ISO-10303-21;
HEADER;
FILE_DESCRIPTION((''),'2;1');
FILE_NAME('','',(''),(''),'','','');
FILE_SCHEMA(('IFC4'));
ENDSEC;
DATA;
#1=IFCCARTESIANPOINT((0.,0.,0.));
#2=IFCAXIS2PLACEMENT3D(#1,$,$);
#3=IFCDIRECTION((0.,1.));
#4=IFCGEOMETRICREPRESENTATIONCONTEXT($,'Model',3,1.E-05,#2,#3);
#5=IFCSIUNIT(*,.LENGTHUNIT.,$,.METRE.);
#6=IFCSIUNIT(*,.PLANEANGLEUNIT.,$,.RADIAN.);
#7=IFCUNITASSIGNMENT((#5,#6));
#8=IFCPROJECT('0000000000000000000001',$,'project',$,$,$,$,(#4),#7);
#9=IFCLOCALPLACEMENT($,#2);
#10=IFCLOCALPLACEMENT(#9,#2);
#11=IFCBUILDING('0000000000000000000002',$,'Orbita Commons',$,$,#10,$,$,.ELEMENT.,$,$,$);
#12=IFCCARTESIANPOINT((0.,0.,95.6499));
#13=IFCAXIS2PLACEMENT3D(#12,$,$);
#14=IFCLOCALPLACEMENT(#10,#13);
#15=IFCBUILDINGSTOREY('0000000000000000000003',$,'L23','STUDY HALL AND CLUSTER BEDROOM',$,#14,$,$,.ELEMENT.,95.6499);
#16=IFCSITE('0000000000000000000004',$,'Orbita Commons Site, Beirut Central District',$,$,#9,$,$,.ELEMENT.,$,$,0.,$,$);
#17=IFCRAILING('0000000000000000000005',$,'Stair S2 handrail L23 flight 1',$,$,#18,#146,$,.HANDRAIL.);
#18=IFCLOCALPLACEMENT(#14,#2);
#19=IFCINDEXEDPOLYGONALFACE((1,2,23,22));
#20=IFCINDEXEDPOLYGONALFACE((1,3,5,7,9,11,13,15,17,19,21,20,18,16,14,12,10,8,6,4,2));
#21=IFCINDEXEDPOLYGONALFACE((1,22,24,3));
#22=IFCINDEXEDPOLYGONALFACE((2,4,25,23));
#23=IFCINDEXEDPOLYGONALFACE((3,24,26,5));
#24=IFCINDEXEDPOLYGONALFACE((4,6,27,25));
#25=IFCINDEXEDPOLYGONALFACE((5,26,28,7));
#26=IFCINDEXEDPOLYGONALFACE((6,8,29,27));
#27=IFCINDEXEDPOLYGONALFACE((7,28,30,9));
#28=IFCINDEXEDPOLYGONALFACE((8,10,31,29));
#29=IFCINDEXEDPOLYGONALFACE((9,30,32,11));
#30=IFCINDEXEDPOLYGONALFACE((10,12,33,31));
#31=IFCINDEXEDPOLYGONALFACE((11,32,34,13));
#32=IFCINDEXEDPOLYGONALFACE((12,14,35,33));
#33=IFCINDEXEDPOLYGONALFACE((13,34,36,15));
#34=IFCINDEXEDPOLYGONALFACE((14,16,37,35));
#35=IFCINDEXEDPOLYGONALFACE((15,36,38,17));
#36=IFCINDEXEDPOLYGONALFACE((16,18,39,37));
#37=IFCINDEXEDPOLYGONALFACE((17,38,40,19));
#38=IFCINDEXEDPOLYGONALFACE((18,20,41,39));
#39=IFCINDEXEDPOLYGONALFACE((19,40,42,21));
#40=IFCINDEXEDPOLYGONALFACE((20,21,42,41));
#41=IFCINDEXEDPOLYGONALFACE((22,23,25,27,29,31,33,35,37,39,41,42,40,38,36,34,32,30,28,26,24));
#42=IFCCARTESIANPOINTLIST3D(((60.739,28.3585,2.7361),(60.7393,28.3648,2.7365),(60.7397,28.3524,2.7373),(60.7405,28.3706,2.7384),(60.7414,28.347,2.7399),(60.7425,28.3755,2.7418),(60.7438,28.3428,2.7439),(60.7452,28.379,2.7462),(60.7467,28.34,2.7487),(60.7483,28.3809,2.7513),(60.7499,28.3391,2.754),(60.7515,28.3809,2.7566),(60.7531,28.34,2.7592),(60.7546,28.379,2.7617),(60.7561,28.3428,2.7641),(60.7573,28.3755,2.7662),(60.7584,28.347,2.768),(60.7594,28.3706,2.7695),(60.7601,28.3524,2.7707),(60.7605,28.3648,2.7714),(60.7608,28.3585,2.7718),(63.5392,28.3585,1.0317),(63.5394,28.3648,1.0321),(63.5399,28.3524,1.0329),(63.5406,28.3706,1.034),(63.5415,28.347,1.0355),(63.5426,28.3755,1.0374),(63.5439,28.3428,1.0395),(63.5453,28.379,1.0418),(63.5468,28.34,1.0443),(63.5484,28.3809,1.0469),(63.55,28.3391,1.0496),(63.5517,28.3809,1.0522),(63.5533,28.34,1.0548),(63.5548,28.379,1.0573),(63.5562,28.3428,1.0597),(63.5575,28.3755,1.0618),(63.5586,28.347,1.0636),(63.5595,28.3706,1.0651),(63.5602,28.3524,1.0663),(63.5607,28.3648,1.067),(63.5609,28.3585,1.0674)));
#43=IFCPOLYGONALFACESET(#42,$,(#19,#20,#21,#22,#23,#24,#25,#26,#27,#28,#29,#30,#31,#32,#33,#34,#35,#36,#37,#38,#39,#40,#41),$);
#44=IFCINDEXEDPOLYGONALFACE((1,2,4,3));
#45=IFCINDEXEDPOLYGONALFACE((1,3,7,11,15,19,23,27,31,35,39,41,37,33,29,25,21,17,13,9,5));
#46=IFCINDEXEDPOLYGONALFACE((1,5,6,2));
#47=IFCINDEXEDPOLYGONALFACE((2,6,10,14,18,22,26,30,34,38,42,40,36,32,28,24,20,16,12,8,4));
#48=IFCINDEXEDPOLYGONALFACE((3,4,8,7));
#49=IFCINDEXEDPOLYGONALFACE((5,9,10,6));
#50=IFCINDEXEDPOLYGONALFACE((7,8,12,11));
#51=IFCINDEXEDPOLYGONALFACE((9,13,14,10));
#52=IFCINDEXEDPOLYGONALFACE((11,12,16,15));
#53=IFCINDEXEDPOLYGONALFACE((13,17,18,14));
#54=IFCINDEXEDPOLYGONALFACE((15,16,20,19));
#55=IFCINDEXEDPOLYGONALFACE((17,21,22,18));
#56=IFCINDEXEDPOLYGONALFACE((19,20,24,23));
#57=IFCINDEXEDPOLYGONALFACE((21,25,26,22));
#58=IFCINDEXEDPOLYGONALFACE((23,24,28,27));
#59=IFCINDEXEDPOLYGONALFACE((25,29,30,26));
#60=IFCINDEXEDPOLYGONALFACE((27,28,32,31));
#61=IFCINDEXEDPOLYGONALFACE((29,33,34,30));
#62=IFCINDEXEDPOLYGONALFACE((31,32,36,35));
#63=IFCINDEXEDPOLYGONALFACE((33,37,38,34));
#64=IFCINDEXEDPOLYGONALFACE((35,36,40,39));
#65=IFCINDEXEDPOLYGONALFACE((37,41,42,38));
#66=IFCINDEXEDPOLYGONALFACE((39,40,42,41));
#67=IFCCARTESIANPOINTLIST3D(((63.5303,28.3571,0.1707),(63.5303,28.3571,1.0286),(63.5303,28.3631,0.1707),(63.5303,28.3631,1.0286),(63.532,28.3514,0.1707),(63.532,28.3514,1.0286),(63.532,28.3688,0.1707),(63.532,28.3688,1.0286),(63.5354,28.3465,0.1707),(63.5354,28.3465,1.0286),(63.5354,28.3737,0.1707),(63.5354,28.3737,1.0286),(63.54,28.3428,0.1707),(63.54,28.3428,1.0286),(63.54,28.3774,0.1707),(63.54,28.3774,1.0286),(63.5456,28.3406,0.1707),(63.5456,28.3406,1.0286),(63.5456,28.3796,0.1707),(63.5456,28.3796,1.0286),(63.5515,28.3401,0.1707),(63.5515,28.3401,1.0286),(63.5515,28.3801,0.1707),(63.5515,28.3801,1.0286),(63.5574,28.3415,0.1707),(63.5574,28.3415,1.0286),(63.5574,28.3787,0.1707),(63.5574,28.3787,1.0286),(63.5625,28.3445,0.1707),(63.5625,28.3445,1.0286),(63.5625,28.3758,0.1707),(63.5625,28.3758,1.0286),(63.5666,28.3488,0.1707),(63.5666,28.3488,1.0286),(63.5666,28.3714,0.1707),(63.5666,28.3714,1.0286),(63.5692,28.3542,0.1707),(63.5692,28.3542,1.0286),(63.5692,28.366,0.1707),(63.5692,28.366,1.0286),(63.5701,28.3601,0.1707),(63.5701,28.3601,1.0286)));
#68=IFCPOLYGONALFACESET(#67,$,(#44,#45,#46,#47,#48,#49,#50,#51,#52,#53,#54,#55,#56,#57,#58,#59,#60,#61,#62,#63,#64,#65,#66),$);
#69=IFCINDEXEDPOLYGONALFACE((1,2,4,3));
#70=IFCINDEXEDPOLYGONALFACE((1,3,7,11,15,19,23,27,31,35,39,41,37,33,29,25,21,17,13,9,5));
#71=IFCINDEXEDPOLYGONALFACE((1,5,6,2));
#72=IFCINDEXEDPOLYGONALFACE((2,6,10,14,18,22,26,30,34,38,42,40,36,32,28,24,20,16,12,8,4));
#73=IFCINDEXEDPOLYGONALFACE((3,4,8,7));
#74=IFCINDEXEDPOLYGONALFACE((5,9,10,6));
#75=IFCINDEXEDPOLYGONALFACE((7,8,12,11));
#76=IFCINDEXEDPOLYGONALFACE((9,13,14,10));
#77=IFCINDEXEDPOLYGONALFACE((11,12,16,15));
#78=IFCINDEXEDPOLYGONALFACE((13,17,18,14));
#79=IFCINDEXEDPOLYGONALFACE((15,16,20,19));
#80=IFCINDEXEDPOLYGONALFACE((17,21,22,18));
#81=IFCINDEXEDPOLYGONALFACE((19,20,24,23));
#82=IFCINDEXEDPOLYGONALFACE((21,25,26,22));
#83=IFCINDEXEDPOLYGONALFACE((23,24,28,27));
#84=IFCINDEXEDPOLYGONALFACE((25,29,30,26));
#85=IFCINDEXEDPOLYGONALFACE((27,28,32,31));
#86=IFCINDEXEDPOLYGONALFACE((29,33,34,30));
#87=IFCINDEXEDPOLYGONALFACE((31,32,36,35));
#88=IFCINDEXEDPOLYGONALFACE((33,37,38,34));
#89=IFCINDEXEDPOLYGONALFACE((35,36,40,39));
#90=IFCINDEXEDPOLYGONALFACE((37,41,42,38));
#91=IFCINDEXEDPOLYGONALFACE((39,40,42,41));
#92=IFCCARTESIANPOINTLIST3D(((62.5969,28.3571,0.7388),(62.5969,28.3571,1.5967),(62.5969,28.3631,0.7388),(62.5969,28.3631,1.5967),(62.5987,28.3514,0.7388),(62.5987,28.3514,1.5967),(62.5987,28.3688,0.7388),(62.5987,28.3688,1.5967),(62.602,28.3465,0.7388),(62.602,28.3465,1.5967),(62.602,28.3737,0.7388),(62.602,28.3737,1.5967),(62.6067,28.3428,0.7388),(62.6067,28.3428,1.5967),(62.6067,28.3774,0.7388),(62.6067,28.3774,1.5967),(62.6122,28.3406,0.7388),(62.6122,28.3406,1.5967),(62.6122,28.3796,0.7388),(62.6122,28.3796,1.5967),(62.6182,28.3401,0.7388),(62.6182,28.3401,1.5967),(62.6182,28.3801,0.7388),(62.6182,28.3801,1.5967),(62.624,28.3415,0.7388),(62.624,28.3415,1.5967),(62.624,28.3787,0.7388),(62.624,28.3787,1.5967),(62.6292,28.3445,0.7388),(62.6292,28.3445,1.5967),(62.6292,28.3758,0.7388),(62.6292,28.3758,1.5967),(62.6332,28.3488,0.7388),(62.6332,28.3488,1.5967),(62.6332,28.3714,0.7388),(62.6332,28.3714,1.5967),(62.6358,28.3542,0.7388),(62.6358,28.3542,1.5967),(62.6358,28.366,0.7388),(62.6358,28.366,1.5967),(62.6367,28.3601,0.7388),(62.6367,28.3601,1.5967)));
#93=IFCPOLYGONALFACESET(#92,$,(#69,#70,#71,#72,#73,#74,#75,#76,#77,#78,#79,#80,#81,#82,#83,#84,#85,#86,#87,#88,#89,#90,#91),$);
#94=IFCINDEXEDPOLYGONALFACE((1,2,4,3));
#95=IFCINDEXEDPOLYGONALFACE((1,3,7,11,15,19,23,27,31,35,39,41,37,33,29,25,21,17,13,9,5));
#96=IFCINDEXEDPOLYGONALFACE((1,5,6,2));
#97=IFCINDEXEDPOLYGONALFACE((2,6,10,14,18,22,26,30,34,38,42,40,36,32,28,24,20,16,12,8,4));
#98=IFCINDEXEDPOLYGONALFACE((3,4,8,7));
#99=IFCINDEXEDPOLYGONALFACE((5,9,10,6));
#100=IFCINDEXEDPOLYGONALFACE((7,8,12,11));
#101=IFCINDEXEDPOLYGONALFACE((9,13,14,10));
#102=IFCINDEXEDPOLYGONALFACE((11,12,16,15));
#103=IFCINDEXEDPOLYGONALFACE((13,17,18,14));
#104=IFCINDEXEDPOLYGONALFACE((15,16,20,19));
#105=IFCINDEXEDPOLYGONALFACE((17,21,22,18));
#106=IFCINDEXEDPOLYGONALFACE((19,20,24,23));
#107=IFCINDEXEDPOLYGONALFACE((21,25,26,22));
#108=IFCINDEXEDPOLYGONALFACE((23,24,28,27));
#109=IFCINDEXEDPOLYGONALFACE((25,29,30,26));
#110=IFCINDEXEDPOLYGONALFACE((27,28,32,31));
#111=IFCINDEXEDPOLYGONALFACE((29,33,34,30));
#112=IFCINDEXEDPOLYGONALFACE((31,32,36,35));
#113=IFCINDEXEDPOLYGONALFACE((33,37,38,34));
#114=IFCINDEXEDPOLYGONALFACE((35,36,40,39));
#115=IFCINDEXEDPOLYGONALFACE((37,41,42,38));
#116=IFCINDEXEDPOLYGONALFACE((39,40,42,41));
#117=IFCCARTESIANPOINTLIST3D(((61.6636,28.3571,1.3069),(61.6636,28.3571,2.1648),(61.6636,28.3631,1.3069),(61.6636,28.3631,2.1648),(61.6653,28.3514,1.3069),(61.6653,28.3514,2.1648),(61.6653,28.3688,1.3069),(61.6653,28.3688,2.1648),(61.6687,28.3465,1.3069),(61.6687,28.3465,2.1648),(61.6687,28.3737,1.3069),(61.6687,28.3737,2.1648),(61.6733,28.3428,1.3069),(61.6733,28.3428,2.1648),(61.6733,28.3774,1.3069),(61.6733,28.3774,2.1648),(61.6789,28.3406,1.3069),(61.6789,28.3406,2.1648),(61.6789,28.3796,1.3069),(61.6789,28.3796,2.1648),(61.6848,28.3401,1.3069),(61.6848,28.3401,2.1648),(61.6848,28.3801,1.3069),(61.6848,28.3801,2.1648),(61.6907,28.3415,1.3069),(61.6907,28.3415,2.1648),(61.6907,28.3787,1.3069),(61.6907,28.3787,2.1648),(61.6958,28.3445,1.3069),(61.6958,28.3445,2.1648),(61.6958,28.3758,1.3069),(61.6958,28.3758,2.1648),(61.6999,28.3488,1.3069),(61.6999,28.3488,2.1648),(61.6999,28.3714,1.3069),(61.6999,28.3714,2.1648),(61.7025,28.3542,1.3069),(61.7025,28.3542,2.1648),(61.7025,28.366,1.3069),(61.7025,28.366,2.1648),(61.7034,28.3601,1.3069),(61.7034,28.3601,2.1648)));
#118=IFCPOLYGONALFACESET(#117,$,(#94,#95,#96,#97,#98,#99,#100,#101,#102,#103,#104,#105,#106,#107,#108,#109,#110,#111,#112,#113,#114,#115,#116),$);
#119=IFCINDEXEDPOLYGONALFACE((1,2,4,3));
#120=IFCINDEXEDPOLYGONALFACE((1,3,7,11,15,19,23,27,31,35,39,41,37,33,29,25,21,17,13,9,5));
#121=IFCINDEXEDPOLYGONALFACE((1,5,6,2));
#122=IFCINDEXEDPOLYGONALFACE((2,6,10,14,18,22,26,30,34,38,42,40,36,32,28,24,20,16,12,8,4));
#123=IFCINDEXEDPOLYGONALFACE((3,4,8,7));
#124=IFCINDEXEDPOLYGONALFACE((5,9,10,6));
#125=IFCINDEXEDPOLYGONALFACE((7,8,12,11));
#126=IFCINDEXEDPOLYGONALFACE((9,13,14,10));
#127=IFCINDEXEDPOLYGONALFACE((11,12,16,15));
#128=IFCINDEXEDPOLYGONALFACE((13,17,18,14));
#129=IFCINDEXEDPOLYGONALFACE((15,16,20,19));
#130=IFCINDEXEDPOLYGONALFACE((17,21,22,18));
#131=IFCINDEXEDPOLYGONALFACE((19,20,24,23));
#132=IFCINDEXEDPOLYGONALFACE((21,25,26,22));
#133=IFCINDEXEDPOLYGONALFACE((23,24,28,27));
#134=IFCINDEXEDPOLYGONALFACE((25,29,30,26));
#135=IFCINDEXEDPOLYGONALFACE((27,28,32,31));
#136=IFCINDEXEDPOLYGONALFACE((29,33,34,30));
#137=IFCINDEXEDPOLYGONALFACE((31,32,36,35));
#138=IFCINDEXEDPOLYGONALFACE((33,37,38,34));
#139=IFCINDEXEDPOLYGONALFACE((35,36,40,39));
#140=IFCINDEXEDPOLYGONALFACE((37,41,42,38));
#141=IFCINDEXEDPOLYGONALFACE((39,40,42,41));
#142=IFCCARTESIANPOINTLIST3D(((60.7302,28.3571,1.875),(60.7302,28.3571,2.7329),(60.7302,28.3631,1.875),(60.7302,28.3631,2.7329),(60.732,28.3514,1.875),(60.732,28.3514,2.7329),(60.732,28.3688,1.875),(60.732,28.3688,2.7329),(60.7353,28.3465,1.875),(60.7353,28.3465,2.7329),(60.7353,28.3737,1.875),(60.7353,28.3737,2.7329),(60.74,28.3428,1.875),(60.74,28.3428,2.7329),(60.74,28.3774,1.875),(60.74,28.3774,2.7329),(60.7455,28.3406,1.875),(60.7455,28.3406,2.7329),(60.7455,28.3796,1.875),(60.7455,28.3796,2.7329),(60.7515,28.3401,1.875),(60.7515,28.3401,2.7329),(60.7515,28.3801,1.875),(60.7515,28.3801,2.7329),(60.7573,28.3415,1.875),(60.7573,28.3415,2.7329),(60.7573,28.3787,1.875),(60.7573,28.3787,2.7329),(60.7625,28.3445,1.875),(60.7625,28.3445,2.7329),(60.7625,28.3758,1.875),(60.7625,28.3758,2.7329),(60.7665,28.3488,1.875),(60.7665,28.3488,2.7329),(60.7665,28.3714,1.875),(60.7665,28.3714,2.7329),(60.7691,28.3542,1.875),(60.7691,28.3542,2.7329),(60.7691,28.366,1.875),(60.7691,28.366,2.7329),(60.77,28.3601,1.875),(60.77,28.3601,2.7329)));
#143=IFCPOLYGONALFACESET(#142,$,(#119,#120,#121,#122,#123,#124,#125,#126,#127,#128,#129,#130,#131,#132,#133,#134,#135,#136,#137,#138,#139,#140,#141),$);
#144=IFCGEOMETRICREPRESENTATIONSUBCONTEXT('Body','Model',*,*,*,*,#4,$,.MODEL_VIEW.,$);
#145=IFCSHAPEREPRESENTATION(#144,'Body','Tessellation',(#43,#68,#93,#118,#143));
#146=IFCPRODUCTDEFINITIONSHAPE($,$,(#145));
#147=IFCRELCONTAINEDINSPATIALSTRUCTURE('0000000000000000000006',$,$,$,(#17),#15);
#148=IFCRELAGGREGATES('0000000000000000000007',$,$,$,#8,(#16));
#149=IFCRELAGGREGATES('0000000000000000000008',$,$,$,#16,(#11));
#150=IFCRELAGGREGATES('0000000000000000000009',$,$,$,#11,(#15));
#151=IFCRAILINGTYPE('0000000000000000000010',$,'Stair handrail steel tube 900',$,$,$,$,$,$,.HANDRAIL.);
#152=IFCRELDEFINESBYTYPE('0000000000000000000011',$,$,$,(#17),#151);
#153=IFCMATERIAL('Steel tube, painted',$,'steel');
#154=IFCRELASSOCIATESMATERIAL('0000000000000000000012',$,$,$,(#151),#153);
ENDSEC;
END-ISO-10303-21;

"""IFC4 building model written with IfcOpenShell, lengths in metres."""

from ifc_helpers import new_model, si_unit, direction, frame, origin, origin_2d, place, context, subcontext, project, spatial, circle, extrude, material, type_object, element, save


model = new_model("IFC4")

# Units and contexts
model_context = context("Model", 3, precision=1e-05, world=origin(), true_north=direction((0.0, 1.0)))
body_context = subcontext(model_context, "Body", "Model", "MODEL_VIEW")
ifc_project = project(units=[si_unit("LENGTHUNIT", "METRE"), si_unit("PLANEANGLEUNIT", "RADIAN")], contexts=[model_context])

# Site, building, storey
site_placement = place(None, origin())
site = spatial("IfcSite", under=ifc_project, at=site_placement, Name="Orbita Commons Site, Beirut Central District", CompositionType="ELEMENT", RefElevation=0.0)
building_placement = place(site_placement, origin())
building = spatial("IfcBuilding", under=site, at=building_placement, Name="Orbita Commons", CompositionType="ELEMENT")
storey_placement = place(building_placement, frame((0.0, 0.0, 95.6499)))
storey = spatial("IfcBuildingStorey", under=building, at=storey_placement, Name="L23", Description="STUDY HALL AND CLUSTER BEDROOM", CompositionType="ELEMENT", Elevation=95.6499)

# Railing
ifc_material_1 = material(Name="Steel tube, painted", Category="steel")
railing_type = type_object("IfcRailingType", Name="Stair handrail steel tube 900", PredefinedType="HANDRAIL", material=ifc_material_1)
for number, where, name in (
    (1, (63.55, 28.3601, 0.1707), "Stair S2 handrail L23 flight 1"),
):
    element("IfcRailing", number, at=place(storey_placement, frame(where)), inside=storey, type_object=railing_type, Name=name, PredefinedType="HANDRAIL", context=body_context, shape_type="SweptSolid", body=[
        extrude(circle(Radius=0.021, at=origin_2d()), frame((0.0, 0.0, 0.8789), z_axis=(-0.854203, 0.0, 0.51994), x_axis=(0.0, -1.0, 0.0)), (0.0, 0.0, 1.0), 3.2781),
        extrude(circle(Radius=0.02, at=origin_2d()), origin(), (0.0, 0.0, 1.0), 0.8579),
        extrude(circle(Radius=0.02, at=origin_2d()), frame((-0.9333, 0.0, 0.5681)), (0.0, 0.0, 1.0), 0.8579),
        extrude(circle(Radius=0.02, at=origin_2d()), frame((-1.8667, 0.0, 1.1362)), (0.0, 0.0, 1.0), 0.8579),
        extrude(circle(Radius=0.02, at=origin_2d()), frame((-2.8, 0.0, 1.7043)), (0.0, 0.0, 1.0), 0.8579),
    ])

save(model, "model.ifc")
